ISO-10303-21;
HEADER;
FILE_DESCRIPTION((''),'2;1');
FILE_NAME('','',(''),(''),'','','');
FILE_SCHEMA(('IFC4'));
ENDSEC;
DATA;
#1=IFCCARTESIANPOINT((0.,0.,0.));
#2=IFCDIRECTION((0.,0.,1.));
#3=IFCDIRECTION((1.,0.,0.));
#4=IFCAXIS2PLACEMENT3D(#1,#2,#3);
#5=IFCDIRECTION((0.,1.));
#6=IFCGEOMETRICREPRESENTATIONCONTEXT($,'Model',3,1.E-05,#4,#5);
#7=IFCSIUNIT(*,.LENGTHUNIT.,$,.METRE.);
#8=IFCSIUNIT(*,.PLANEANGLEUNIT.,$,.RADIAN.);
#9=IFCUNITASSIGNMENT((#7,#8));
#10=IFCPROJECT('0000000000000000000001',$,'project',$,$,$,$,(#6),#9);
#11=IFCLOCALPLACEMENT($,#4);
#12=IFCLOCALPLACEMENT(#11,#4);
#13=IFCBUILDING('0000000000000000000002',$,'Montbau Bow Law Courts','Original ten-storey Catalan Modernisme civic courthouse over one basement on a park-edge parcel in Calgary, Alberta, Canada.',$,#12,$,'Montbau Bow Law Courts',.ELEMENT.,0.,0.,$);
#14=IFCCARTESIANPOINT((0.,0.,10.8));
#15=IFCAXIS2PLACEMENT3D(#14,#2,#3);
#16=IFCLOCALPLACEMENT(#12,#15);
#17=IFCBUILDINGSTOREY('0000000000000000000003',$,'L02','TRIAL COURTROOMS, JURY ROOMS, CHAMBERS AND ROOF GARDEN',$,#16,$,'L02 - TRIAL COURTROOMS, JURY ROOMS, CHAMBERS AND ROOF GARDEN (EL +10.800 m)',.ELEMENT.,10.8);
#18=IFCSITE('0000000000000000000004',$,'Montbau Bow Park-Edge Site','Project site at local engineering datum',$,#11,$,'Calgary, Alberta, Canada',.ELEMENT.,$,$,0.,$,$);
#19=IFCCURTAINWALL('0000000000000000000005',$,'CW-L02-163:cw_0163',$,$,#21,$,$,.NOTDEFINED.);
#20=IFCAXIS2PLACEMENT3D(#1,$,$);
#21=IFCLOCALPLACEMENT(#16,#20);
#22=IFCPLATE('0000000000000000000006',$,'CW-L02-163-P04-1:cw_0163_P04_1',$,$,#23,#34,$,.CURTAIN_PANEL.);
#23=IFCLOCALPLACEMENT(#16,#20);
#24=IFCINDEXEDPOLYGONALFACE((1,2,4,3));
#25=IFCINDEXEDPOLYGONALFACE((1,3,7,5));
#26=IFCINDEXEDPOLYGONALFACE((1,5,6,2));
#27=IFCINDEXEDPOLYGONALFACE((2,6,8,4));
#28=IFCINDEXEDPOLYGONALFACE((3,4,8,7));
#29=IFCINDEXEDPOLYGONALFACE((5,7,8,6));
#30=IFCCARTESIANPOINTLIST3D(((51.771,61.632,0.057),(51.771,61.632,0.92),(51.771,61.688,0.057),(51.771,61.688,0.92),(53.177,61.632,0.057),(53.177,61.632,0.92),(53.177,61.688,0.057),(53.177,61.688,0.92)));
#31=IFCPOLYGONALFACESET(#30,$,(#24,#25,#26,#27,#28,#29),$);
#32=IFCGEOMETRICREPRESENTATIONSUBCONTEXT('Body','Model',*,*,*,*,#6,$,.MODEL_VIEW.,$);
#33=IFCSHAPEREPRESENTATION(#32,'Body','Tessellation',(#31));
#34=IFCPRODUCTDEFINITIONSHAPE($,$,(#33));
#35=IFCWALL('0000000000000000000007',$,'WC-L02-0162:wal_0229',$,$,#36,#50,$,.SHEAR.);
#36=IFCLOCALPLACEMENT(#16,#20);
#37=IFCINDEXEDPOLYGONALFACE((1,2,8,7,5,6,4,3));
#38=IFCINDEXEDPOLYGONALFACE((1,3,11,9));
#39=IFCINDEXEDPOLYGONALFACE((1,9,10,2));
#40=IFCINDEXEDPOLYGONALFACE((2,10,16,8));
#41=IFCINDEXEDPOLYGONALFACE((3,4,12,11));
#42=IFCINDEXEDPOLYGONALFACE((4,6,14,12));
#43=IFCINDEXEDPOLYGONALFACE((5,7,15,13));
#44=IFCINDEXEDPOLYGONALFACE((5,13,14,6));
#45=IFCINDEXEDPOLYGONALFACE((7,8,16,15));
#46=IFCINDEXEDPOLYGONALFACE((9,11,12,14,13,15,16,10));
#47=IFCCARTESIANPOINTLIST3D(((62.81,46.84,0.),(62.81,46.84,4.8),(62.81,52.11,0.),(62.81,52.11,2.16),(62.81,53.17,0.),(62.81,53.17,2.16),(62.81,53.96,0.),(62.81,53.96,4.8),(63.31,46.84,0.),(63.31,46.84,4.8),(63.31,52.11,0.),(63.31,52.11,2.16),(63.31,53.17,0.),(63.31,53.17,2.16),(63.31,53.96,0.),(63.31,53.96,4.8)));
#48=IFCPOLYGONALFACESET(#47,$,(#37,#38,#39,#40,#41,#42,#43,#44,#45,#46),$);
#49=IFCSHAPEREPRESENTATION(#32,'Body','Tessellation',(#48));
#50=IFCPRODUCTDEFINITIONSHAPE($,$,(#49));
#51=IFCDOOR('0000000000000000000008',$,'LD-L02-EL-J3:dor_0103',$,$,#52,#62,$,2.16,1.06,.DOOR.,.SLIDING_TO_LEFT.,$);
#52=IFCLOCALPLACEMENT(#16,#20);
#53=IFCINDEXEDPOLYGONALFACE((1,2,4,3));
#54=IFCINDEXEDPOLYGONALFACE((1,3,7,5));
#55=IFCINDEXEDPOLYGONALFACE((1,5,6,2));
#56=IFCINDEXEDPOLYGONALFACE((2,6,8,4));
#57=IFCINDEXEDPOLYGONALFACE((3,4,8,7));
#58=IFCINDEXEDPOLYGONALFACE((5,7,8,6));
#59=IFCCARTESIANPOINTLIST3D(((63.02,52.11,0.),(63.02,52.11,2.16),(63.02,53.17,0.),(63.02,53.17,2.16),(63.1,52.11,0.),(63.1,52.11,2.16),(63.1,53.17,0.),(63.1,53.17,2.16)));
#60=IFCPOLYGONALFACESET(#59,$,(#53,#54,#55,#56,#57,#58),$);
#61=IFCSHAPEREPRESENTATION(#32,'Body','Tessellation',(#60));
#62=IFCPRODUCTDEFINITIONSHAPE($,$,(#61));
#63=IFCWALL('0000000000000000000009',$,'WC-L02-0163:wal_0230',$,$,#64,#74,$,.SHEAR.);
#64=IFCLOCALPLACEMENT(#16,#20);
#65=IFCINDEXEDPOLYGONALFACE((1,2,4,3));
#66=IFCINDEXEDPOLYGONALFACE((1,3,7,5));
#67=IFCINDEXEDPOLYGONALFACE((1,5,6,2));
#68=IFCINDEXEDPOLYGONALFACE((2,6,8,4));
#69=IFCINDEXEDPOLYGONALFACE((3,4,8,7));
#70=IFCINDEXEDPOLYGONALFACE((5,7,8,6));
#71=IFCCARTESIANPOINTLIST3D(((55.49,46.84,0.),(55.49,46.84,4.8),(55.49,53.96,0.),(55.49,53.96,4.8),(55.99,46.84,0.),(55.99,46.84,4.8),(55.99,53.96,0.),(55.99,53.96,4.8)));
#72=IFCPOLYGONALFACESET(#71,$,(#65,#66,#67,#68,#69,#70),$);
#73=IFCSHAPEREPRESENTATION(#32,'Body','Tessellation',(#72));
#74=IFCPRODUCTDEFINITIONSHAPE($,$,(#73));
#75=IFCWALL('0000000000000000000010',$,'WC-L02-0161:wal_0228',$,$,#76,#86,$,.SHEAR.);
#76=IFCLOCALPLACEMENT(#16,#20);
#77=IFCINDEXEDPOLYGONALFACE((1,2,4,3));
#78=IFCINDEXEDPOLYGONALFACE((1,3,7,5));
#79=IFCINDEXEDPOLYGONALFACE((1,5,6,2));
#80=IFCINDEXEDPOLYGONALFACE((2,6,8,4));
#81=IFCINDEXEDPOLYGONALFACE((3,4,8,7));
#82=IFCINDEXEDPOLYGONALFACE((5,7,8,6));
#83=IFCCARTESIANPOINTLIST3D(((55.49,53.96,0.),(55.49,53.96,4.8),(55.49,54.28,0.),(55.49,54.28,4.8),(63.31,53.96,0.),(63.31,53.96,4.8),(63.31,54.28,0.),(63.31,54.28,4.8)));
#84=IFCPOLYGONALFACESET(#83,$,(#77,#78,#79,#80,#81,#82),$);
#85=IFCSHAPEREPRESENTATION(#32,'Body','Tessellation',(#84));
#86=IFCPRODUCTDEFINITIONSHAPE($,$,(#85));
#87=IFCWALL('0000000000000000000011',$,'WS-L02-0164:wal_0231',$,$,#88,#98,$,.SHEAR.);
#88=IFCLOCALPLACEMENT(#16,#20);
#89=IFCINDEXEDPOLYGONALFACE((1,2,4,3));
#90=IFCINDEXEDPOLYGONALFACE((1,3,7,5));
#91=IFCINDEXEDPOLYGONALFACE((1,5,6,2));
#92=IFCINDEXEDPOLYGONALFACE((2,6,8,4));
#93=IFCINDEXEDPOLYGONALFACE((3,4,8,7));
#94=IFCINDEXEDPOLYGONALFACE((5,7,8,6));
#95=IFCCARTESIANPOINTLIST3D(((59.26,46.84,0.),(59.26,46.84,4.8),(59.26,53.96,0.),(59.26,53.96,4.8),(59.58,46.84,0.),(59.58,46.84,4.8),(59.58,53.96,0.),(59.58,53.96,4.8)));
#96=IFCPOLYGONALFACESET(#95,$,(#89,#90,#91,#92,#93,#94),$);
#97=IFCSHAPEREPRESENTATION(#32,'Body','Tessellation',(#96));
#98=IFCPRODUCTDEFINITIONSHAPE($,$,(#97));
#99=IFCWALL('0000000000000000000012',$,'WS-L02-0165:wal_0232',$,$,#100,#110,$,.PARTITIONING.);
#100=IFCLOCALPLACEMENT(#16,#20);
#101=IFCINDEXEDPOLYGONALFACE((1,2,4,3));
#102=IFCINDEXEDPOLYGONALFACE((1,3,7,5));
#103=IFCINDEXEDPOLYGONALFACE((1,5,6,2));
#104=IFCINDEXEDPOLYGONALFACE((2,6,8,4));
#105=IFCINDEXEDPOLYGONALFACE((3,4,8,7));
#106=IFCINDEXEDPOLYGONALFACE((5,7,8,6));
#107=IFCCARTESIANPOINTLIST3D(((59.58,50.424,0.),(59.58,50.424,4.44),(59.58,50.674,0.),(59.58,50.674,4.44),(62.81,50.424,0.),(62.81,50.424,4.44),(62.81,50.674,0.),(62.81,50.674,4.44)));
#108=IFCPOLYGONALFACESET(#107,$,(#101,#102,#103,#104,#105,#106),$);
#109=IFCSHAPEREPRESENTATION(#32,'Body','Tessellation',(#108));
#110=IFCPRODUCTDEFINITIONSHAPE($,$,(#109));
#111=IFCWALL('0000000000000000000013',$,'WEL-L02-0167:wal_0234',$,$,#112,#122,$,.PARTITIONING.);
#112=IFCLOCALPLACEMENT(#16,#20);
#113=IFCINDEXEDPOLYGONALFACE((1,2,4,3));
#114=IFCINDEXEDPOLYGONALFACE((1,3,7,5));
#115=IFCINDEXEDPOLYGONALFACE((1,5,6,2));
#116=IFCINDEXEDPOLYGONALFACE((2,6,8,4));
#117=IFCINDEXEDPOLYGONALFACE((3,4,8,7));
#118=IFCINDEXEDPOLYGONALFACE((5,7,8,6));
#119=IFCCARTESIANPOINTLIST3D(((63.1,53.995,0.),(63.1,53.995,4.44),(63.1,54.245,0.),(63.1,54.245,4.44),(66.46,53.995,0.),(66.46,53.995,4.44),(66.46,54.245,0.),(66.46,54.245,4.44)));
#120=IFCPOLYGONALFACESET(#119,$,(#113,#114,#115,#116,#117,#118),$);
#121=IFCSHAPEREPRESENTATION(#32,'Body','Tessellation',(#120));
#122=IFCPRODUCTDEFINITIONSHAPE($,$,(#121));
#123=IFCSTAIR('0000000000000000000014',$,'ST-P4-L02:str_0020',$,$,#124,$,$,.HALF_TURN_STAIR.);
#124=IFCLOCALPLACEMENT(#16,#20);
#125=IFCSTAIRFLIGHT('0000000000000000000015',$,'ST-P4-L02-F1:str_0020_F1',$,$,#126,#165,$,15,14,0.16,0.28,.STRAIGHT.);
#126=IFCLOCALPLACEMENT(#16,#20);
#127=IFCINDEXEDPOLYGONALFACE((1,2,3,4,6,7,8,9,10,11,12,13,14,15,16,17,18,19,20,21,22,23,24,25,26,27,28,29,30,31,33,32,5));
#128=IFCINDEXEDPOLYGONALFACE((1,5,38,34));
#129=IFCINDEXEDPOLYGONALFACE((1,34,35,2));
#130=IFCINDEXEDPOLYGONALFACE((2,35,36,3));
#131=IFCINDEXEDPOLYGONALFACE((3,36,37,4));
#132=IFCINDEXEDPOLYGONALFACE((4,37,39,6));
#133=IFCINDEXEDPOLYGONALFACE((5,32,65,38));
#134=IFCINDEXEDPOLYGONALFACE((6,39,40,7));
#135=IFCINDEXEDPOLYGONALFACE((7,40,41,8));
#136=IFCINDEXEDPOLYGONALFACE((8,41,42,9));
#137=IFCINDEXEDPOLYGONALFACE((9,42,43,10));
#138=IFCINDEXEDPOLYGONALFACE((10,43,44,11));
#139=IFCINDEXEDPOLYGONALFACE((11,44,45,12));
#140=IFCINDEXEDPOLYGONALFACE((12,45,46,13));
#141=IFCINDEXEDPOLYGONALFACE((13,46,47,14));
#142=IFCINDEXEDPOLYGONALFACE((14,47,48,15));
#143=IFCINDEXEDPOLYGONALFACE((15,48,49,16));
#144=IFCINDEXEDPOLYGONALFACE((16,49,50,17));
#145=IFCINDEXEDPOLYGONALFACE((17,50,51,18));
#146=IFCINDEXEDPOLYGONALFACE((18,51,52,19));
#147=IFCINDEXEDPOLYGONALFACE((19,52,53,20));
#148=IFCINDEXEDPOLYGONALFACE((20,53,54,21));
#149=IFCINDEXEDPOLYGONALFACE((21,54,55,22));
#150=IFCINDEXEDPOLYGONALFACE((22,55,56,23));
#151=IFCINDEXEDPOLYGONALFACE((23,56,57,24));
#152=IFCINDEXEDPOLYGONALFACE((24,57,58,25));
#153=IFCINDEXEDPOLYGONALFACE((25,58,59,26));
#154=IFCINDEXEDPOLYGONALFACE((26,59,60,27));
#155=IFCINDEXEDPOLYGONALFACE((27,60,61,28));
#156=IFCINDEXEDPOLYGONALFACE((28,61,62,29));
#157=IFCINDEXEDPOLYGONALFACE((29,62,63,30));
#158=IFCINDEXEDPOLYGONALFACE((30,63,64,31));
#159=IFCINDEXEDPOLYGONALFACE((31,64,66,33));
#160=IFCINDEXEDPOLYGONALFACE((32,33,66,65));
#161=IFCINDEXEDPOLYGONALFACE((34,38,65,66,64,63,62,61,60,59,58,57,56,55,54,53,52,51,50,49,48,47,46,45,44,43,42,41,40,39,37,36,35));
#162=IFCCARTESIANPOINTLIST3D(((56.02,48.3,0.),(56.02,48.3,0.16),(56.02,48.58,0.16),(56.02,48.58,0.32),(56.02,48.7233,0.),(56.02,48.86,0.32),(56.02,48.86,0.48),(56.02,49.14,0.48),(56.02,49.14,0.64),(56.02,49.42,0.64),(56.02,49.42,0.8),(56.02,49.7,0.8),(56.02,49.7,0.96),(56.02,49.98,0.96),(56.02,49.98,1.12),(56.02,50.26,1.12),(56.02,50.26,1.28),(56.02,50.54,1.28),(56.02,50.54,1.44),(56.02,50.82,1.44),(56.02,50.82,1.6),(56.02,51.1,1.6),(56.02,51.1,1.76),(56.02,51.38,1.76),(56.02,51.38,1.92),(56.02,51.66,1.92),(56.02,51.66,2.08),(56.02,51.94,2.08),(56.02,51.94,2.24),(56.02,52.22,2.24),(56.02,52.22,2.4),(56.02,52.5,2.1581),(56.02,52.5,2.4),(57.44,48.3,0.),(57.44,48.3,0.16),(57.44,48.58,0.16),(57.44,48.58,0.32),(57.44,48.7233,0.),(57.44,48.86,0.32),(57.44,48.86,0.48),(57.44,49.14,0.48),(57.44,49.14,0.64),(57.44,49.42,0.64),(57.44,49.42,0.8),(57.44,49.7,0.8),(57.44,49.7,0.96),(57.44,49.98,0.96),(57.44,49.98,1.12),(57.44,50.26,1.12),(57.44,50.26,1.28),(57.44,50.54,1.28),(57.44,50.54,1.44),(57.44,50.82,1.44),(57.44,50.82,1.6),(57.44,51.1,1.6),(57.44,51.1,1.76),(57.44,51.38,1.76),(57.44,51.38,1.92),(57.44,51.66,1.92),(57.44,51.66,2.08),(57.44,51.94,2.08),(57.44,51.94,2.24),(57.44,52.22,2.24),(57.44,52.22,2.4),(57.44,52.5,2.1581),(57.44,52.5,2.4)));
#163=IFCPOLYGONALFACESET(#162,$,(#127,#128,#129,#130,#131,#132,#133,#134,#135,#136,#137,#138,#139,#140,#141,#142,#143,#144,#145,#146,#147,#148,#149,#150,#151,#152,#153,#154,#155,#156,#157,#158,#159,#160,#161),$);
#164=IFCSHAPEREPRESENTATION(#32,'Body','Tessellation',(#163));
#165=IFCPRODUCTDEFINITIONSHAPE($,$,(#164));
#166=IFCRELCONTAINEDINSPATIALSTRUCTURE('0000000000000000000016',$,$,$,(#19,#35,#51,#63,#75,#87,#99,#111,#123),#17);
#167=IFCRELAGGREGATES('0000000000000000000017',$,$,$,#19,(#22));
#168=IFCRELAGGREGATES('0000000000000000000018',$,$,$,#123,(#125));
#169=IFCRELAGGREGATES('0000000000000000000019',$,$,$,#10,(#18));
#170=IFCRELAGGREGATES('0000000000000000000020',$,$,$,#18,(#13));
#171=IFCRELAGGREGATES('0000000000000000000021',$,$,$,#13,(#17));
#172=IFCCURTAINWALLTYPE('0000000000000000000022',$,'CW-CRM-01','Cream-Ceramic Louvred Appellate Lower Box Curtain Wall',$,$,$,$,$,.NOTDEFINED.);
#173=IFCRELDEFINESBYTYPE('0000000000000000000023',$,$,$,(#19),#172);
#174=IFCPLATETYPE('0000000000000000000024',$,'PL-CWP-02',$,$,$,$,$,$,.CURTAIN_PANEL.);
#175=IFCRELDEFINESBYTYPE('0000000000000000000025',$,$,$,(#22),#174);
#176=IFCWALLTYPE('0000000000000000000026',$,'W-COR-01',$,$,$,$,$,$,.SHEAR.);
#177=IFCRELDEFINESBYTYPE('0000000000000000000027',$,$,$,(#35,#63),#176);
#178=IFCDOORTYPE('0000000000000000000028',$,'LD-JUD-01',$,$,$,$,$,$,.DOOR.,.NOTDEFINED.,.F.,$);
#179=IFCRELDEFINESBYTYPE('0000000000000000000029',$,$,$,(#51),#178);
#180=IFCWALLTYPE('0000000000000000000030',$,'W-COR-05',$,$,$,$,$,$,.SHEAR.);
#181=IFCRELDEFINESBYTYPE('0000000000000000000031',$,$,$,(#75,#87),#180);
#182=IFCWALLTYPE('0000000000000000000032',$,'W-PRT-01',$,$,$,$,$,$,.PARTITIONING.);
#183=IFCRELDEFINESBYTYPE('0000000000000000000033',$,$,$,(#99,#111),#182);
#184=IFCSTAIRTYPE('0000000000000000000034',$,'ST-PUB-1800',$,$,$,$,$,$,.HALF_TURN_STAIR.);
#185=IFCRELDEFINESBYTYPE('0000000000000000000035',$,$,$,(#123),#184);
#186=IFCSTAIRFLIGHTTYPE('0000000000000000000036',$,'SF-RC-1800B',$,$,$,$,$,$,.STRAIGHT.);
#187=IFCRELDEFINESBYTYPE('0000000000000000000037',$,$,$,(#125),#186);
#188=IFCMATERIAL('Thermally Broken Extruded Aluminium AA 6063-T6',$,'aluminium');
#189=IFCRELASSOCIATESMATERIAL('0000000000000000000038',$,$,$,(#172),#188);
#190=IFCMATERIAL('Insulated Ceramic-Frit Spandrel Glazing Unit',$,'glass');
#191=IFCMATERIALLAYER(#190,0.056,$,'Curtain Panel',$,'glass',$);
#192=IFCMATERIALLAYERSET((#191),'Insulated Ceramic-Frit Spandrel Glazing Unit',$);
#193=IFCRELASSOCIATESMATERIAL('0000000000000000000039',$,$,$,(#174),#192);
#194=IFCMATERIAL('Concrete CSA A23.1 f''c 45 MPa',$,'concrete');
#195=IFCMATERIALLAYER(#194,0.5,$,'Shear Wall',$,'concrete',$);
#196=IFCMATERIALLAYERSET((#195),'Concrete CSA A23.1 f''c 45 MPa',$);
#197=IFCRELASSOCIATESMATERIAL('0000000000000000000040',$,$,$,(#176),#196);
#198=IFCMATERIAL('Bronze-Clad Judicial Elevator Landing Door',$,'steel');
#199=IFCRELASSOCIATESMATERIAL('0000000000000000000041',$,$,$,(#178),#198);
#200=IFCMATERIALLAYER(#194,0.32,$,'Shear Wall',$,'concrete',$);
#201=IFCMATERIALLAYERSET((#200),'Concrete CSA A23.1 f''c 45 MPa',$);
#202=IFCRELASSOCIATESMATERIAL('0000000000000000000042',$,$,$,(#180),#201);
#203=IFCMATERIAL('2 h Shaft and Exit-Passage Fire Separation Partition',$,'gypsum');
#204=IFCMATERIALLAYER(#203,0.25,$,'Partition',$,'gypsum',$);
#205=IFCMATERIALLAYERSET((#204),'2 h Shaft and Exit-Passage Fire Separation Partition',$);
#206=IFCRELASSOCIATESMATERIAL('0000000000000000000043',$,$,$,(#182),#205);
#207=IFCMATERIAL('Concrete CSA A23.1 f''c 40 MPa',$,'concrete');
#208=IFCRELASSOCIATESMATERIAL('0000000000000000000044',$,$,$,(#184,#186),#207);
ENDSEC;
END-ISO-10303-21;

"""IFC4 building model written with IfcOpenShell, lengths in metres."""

from ifc_helpers import new_model, si_unit, direction, frame, frame_2d, origin_with_axes, place, context, subcontext, project, spatial, polyline, rectangle, outline, extrude, material, layer, layer_set, type_object, element, fill, aggregate, save


model = new_model("IFC4")

# Units and contexts
model_context = context("Model", 3, precision=1e-05, world=origin_with_axes(), true_north=direction((0.0, 1.0)))
body_context = subcontext(model_context, "Body", "Model", "MODEL_VIEW")
ifc_project = project(units=[si_unit("LENGTHUNIT", "METRE"), si_unit("PLANEANGLEUNIT", "RADIAN")], contexts=[model_context])

# Site, building, storey
site_placement = place(None, origin_with_axes())
site = spatial("IfcSite", under=ifc_project, at=site_placement, Name="Montbau Bow Park-Edge Site", Description="Project site at local engineering datum", LongName="Calgary, Alberta, Canada", CompositionType="ELEMENT", RefElevation=0.0)
building_placement = place(site_placement, origin_with_axes())
building = spatial("IfcBuilding", under=site, at=building_placement, Name="Montbau Bow Law Courts", Description="Original ten-storey Catalan Modernisme civic courthouse over one basement on a park-edge parcel in Calgary, Alberta, Canada.", LongName="Montbau Bow Law Courts", CompositionType="ELEMENT", ElevationOfRefHeight=0.0, ElevationOfTerrain=0.0)
storey_placement = place(building_placement, frame((0.0, 0.0, 10.8), z_axis=(0.0, 0.0, 1.0), x_axis=(1.0, 0.0, 0.0)))
storey = spatial("IfcBuildingStorey", under=building, at=storey_placement, Name="L02", Description="TRIAL COURTROOMS, JURY ROOMS, CHAMBERS AND ROOF GARDEN", LongName="L02 - TRIAL COURTROOMS, JURY ROOMS, CHAMBERS AND ROOF GARDEN (EL +10.800 m)", CompositionType="ELEMENT", Elevation=10.8)

# Curtain wall, plate
ifc_material_1 = material(Name="Thermally Broken Extruded Aluminium AA 6063-T6", Category="aluminium")
curtain_wall_type = type_object("IfcCurtainWallType", Name="CW-CRM-01", Description="Cream-Ceramic Louvred Appellate Lower Box Curtain Wall", PredefinedType="NOTDEFINED", material=ifc_material_1)
curtain_wall_placement = place(None, frame((47.315, 61.66, 10.8), z_axis=(0.0, 0.0, 1.0), x_axis=(1.0, 0.0, 0.0)))
curtain_wall = element("IfcCurtainWall", 1, at=curtain_wall_placement, inside=storey, type_object=curtain_wall_type, Name="CW-L02-163:cw_0163", PredefinedType="NOTDEFINED")
ifc_material_2 = material(Name="Insulated Ceramic-Frit Spandrel Glazing Unit", Category="glass")
ifc_layer_1 = layer(ifc_material_2, 0.056, Name="Curtain Panel", Category="glass")
ifc_layer_set_1 = layer_set([ifc_layer_1], Name="Insulated Ceramic-Frit Spandrel Glazing Unit")
plate_type_1 = type_object("IfcPlateType", Name="PL-CWP-02", PredefinedType="CURTAIN_PANEL", material=ifc_layer_set_1)
plate_1_placement = place(None, frame((51.771, 61.66, 10.857), z_axis=(0.0, -1.0, 0.0), x_axis=(1.0, 0.0, 0.0)))
plate_1 = element("IfcPlate", 2, at=plate_1_placement, type_object=plate_type_1, Name="CW-L02-163-P04-1:cw_0163_P04_1", PredefinedType="CURTAIN_PANEL", context=body_context, shape_type="SweptSolid", body=[
    extrude(rectangle(XDim=1.406, YDim=0.863, at=frame_2d((0.703, 0.4315), x_axis=(1.0, 0.0))), frame((0.0, 0.0, -0.028), z_axis=(0.0, 0.0, 1.0), x_axis=(1.0, 0.0, 0.0)), (0.0, 0.0, 1.0), 0.056),
])
aggregate(curtain_wall, [plate_1])

# Wall, opening, door
ifc_material_3 = material(Name="Concrete CSA A23.1 f'c 45 MPa", Category="concrete")
ifc_layer_2 = layer(ifc_material_3, 0.5, Name="Shear Wall", Category="concrete")
ifc_layer_set_2 = layer_set([ifc_layer_2], Name="Concrete CSA A23.1 f'c 45 MPa")
wall_type_1 = type_object("IfcWallType", Name="W-COR-01", PredefinedType="SHEAR", material=ifc_layer_set_2)
wall_1_placement = place(None, frame((63.06, 46.84, 10.8), z_axis=(0.0, 0.0, 1.0), x_axis=(0.0, 1.0, 0.0)))
wall_1 = element("IfcWall", 3, at=wall_1_placement, inside=storey, type_object=wall_type_1, Name="WC-L02-0162:wal_0229", PredefinedType="SHEAR", context=body_context, shape_type="SweptSolid", body=[
    extrude(rectangle(XDim=7.12, YDim=0.5, at=frame_2d((3.56, 0.0), x_axis=(1.0, 0.0))), origin_with_axes(), (0.0, 0.0, 1.0), 4.8),
])
opening_placement = place(None, frame((63.06, 52.64, 10.8), z_axis=(0.0, 0.0, 1.0), x_axis=(0.0, 1.0, 0.0)))
opening = element("IfcOpeningElement", 4, at=opening_placement, cuts=wall_1, PredefinedType="OPENING", context=body_context, shape_type="SweptSolid", body=[
    extrude(rectangle(XDim=1.06, YDim=2.16, at=frame_2d((0.0, 1.08), x_axis=(1.0, 0.0))), frame((0.0, 0.26, 0.0), z_axis=(0.0, -1.0, 0.0), x_axis=(1.0, 0.0, 0.0)), (0.0, 0.0, 1.0), 0.52),
])
ifc_material_4 = material(Name="Bronze-Clad Judicial Elevator Landing Door", Category="steel")
door_type = type_object("IfcDoorType", Name="LD-JUD-01", OperationType="NOTDEFINED", ParameterTakesPrecedence=False, PredefinedType="DOOR", material=ifc_material_4)
door_placement = place(None, frame((63.06, 52.64, 10.8), z_axis=(0.0, 0.0, 1.0), x_axis=(0.0, 1.0, 0.0)))
door = element("IfcDoor", 5, at=door_placement, inside=storey, type_object=door_type, Name="LD-L02-EL-J3:dor_0103", OperationType="SLIDING_TO_LEFT", OverallHeight=2.16, OverallWidth=1.06, PredefinedType="DOOR", context=body_context, shape_type="SweptSolid", body=[
    extrude(rectangle(XDim=1.06, YDim=2.16, at=frame_2d((0.0, 1.08), x_axis=(1.0, 0.0))), frame((0.0, 0.04, 0.0), z_axis=(0.0, -1.0, 0.0), x_axis=(1.0, 0.0, 0.0)), (0.0, 0.0, 1.0), 0.08),
])
fill(opening, door)

# Walls
wall_2_placement = place(None, frame((55.74, 53.96, 10.8), z_axis=(0.0, 0.0, 1.0), x_axis=(0.0, -1.0, 0.0)))
element("IfcWall", 6, at=wall_2_placement, inside=storey, type_object=wall_type_1, Name="WC-L02-0163:wal_0230", PredefinedType="SHEAR", context=body_context, shape_type="SweptSolid", body=[
    extrude(rectangle(XDim=7.12, YDim=0.5, at=frame_2d((3.56, 0.0), x_axis=(1.0, 0.0))), origin_with_axes(), (0.0, 0.0, 1.0), 4.8),
])
ifc_layer_3 = layer(ifc_material_3, 0.32, Name="Shear Wall", Category="concrete")
ifc_layer_set_3 = layer_set([ifc_layer_3], Name="Concrete CSA A23.1 f'c 45 MPa")
wall_type_2 = type_object("IfcWallType", Name="W-COR-05", PredefinedType="SHEAR", material=ifc_layer_set_3)
wall_3_placement = place(None, frame((63.31, 54.12, 10.8), z_axis=(0.0, 0.0, 1.0), x_axis=(-1.0, 0.0, 0.0)))
element("IfcWall", 7, at=wall_3_placement, inside=storey, type_object=wall_type_2, Name="WC-L02-0161:wal_0228", PredefinedType="SHEAR", context=body_context, shape_type="SweptSolid", body=[
    extrude(rectangle(XDim=7.82, YDim=0.32, at=frame_2d((3.91, 0.0), x_axis=(1.0, 0.0))), origin_with_axes(), (0.0, 0.0, 1.0), 4.8),
])
wall_4_placement = place(None, frame((59.42, 46.84, 10.8), z_axis=(0.0, 0.0, 1.0), x_axis=(0.0, 1.0, 0.0)))
element("IfcWall", 8, at=wall_4_placement, inside=storey, type_object=wall_type_2, Name="WS-L02-0164:wal_0231", PredefinedType="SHEAR", context=body_context, shape_type="SweptSolid", body=[
    extrude(rectangle(XDim=7.12, YDim=0.32, at=frame_2d((3.56, 0.0), x_axis=(1.0, 0.0))), origin_with_axes(), (0.0, 0.0, 1.0), 4.8),
])
ifc_material_5 = material(Name="2 h Shaft and Exit-Passage Fire Separation Partition", Category="gypsum")
ifc_layer_4 = layer(ifc_material_5, 0.25, Name="Partition", Category="gypsum")
ifc_layer_set_4 = layer_set([ifc_layer_4], Name="2 h Shaft and Exit-Passage Fire Separation Partition")
wall_type_3 = type_object("IfcWallType", Name="W-PRT-01", PredefinedType="PARTITIONING", material=ifc_layer_set_4)
wall_5_placement = place(None, frame((59.58, 50.549, 10.8), z_axis=(0.0, 0.0, 1.0), x_axis=(1.0, 0.0, 0.0)))
element("IfcWall", 9, at=wall_5_placement, inside=storey, type_object=wall_type_3, Name="WS-L02-0165:wal_0232", PredefinedType="PARTITIONING", context=body_context, shape_type="SweptSolid", body=[
    extrude(rectangle(XDim=3.23, YDim=0.25, at=frame_2d((1.615, 0.0), x_axis=(1.0, 0.0))), origin_with_axes(), (0.0, 0.0, 1.0), 4.44),
])
wall_6_placement = place(None, frame((63.1, 54.12, 10.8), z_axis=(0.0, 0.0, 1.0), x_axis=(1.0, 0.0, 0.0)))
element("IfcWall", 10, at=wall_6_placement, inside=storey, type_object=wall_type_3, Name="WEL-L02-0167:wal_0234", PredefinedType="PARTITIONING", context=body_context, shape_type="SweptSolid", body=[
    extrude(rectangle(XDim=3.36, YDim=0.25, at=frame_2d((1.68, 0.0), x_axis=(1.0, 0.0))), origin_with_axes(), (0.0, 0.0, 1.0), 4.44),
])

# Stair, stair flight
ifc_material_6 = material(Name="Concrete CSA A23.1 f'c 40 MPa", Category="concrete")
stair_type = type_object("IfcStairType", Name="ST-PUB-1800", PredefinedType="HALF_TURN_STAIR", material=ifc_material_6)
stair_placement = place(None, frame((56.73, 48.3, 10.8), z_axis=(0.0, 0.0, 1.0), x_axis=(1.0, 0.0, 0.0)))
stair = element("IfcStair", 11, at=stair_placement, inside=storey, type_object=stair_type, Name="ST-P4-L02:str_0020", PredefinedType="HALF_TURN_STAIR")
stair_flight_type = type_object("IfcStairFlightType", Name="SF-RC-1800B", PredefinedType="STRAIGHT", material=ifc_material_6)
stair_flight_1_placement = place(None, frame((56.73, 48.3, 10.8), z_axis=(0.0, 0.0, 1.0), x_axis=(0.0, 1.0, 0.0)))
stair_flight_1 = element("IfcStairFlight", 12, at=stair_flight_1_placement, type_object=stair_flight_type, Name="ST-P4-L02-F1:str_0020_F1", NumberOfRisers=15, NumberOfTreads=14, PredefinedType="STRAIGHT", RiserHeight=0.16, TreadLength=0.28, context=body_context, shape_type="SweptSolid", body=[
    extrude(outline(polyline([(0.0, 0.0), (0.0, 0.16), (0.28, 0.16), (0.28, 0.32), (0.56, 0.32), (0.56, 0.48), (0.84, 0.48), (0.84, 0.64), (1.12, 0.64), (1.12, 0.8), (1.4, 0.8), (1.4, 0.96), (1.68, 0.96), (1.68, 1.12), (1.96, 1.12), (1.96, 1.28), (2.24, 1.28), (2.24, 1.44), (2.52, 1.44), (2.52, 1.6), (2.8, 1.6), (2.8, 1.76), (3.08, 1.76), (3.08, 1.92), (3.36, 1.92), (3.36, 2.08), (3.64, 2.08), (3.64, 2.24), (3.92, 2.24), (3.92, 2.4), (4.2, 2.4), (4.2, 2.1581), (0.4233, 0.0), (0.0, 0.0)])), frame((0.0, 0.71, 0.0), z_axis=(0.0, -1.0, 0.0), x_axis=(1.0, 0.0, 0.0)), (0.0, 0.0, 1.0), 1.42),
])
aggregate(stair, [stair_flight_1])

save(model, "model.ifc")
